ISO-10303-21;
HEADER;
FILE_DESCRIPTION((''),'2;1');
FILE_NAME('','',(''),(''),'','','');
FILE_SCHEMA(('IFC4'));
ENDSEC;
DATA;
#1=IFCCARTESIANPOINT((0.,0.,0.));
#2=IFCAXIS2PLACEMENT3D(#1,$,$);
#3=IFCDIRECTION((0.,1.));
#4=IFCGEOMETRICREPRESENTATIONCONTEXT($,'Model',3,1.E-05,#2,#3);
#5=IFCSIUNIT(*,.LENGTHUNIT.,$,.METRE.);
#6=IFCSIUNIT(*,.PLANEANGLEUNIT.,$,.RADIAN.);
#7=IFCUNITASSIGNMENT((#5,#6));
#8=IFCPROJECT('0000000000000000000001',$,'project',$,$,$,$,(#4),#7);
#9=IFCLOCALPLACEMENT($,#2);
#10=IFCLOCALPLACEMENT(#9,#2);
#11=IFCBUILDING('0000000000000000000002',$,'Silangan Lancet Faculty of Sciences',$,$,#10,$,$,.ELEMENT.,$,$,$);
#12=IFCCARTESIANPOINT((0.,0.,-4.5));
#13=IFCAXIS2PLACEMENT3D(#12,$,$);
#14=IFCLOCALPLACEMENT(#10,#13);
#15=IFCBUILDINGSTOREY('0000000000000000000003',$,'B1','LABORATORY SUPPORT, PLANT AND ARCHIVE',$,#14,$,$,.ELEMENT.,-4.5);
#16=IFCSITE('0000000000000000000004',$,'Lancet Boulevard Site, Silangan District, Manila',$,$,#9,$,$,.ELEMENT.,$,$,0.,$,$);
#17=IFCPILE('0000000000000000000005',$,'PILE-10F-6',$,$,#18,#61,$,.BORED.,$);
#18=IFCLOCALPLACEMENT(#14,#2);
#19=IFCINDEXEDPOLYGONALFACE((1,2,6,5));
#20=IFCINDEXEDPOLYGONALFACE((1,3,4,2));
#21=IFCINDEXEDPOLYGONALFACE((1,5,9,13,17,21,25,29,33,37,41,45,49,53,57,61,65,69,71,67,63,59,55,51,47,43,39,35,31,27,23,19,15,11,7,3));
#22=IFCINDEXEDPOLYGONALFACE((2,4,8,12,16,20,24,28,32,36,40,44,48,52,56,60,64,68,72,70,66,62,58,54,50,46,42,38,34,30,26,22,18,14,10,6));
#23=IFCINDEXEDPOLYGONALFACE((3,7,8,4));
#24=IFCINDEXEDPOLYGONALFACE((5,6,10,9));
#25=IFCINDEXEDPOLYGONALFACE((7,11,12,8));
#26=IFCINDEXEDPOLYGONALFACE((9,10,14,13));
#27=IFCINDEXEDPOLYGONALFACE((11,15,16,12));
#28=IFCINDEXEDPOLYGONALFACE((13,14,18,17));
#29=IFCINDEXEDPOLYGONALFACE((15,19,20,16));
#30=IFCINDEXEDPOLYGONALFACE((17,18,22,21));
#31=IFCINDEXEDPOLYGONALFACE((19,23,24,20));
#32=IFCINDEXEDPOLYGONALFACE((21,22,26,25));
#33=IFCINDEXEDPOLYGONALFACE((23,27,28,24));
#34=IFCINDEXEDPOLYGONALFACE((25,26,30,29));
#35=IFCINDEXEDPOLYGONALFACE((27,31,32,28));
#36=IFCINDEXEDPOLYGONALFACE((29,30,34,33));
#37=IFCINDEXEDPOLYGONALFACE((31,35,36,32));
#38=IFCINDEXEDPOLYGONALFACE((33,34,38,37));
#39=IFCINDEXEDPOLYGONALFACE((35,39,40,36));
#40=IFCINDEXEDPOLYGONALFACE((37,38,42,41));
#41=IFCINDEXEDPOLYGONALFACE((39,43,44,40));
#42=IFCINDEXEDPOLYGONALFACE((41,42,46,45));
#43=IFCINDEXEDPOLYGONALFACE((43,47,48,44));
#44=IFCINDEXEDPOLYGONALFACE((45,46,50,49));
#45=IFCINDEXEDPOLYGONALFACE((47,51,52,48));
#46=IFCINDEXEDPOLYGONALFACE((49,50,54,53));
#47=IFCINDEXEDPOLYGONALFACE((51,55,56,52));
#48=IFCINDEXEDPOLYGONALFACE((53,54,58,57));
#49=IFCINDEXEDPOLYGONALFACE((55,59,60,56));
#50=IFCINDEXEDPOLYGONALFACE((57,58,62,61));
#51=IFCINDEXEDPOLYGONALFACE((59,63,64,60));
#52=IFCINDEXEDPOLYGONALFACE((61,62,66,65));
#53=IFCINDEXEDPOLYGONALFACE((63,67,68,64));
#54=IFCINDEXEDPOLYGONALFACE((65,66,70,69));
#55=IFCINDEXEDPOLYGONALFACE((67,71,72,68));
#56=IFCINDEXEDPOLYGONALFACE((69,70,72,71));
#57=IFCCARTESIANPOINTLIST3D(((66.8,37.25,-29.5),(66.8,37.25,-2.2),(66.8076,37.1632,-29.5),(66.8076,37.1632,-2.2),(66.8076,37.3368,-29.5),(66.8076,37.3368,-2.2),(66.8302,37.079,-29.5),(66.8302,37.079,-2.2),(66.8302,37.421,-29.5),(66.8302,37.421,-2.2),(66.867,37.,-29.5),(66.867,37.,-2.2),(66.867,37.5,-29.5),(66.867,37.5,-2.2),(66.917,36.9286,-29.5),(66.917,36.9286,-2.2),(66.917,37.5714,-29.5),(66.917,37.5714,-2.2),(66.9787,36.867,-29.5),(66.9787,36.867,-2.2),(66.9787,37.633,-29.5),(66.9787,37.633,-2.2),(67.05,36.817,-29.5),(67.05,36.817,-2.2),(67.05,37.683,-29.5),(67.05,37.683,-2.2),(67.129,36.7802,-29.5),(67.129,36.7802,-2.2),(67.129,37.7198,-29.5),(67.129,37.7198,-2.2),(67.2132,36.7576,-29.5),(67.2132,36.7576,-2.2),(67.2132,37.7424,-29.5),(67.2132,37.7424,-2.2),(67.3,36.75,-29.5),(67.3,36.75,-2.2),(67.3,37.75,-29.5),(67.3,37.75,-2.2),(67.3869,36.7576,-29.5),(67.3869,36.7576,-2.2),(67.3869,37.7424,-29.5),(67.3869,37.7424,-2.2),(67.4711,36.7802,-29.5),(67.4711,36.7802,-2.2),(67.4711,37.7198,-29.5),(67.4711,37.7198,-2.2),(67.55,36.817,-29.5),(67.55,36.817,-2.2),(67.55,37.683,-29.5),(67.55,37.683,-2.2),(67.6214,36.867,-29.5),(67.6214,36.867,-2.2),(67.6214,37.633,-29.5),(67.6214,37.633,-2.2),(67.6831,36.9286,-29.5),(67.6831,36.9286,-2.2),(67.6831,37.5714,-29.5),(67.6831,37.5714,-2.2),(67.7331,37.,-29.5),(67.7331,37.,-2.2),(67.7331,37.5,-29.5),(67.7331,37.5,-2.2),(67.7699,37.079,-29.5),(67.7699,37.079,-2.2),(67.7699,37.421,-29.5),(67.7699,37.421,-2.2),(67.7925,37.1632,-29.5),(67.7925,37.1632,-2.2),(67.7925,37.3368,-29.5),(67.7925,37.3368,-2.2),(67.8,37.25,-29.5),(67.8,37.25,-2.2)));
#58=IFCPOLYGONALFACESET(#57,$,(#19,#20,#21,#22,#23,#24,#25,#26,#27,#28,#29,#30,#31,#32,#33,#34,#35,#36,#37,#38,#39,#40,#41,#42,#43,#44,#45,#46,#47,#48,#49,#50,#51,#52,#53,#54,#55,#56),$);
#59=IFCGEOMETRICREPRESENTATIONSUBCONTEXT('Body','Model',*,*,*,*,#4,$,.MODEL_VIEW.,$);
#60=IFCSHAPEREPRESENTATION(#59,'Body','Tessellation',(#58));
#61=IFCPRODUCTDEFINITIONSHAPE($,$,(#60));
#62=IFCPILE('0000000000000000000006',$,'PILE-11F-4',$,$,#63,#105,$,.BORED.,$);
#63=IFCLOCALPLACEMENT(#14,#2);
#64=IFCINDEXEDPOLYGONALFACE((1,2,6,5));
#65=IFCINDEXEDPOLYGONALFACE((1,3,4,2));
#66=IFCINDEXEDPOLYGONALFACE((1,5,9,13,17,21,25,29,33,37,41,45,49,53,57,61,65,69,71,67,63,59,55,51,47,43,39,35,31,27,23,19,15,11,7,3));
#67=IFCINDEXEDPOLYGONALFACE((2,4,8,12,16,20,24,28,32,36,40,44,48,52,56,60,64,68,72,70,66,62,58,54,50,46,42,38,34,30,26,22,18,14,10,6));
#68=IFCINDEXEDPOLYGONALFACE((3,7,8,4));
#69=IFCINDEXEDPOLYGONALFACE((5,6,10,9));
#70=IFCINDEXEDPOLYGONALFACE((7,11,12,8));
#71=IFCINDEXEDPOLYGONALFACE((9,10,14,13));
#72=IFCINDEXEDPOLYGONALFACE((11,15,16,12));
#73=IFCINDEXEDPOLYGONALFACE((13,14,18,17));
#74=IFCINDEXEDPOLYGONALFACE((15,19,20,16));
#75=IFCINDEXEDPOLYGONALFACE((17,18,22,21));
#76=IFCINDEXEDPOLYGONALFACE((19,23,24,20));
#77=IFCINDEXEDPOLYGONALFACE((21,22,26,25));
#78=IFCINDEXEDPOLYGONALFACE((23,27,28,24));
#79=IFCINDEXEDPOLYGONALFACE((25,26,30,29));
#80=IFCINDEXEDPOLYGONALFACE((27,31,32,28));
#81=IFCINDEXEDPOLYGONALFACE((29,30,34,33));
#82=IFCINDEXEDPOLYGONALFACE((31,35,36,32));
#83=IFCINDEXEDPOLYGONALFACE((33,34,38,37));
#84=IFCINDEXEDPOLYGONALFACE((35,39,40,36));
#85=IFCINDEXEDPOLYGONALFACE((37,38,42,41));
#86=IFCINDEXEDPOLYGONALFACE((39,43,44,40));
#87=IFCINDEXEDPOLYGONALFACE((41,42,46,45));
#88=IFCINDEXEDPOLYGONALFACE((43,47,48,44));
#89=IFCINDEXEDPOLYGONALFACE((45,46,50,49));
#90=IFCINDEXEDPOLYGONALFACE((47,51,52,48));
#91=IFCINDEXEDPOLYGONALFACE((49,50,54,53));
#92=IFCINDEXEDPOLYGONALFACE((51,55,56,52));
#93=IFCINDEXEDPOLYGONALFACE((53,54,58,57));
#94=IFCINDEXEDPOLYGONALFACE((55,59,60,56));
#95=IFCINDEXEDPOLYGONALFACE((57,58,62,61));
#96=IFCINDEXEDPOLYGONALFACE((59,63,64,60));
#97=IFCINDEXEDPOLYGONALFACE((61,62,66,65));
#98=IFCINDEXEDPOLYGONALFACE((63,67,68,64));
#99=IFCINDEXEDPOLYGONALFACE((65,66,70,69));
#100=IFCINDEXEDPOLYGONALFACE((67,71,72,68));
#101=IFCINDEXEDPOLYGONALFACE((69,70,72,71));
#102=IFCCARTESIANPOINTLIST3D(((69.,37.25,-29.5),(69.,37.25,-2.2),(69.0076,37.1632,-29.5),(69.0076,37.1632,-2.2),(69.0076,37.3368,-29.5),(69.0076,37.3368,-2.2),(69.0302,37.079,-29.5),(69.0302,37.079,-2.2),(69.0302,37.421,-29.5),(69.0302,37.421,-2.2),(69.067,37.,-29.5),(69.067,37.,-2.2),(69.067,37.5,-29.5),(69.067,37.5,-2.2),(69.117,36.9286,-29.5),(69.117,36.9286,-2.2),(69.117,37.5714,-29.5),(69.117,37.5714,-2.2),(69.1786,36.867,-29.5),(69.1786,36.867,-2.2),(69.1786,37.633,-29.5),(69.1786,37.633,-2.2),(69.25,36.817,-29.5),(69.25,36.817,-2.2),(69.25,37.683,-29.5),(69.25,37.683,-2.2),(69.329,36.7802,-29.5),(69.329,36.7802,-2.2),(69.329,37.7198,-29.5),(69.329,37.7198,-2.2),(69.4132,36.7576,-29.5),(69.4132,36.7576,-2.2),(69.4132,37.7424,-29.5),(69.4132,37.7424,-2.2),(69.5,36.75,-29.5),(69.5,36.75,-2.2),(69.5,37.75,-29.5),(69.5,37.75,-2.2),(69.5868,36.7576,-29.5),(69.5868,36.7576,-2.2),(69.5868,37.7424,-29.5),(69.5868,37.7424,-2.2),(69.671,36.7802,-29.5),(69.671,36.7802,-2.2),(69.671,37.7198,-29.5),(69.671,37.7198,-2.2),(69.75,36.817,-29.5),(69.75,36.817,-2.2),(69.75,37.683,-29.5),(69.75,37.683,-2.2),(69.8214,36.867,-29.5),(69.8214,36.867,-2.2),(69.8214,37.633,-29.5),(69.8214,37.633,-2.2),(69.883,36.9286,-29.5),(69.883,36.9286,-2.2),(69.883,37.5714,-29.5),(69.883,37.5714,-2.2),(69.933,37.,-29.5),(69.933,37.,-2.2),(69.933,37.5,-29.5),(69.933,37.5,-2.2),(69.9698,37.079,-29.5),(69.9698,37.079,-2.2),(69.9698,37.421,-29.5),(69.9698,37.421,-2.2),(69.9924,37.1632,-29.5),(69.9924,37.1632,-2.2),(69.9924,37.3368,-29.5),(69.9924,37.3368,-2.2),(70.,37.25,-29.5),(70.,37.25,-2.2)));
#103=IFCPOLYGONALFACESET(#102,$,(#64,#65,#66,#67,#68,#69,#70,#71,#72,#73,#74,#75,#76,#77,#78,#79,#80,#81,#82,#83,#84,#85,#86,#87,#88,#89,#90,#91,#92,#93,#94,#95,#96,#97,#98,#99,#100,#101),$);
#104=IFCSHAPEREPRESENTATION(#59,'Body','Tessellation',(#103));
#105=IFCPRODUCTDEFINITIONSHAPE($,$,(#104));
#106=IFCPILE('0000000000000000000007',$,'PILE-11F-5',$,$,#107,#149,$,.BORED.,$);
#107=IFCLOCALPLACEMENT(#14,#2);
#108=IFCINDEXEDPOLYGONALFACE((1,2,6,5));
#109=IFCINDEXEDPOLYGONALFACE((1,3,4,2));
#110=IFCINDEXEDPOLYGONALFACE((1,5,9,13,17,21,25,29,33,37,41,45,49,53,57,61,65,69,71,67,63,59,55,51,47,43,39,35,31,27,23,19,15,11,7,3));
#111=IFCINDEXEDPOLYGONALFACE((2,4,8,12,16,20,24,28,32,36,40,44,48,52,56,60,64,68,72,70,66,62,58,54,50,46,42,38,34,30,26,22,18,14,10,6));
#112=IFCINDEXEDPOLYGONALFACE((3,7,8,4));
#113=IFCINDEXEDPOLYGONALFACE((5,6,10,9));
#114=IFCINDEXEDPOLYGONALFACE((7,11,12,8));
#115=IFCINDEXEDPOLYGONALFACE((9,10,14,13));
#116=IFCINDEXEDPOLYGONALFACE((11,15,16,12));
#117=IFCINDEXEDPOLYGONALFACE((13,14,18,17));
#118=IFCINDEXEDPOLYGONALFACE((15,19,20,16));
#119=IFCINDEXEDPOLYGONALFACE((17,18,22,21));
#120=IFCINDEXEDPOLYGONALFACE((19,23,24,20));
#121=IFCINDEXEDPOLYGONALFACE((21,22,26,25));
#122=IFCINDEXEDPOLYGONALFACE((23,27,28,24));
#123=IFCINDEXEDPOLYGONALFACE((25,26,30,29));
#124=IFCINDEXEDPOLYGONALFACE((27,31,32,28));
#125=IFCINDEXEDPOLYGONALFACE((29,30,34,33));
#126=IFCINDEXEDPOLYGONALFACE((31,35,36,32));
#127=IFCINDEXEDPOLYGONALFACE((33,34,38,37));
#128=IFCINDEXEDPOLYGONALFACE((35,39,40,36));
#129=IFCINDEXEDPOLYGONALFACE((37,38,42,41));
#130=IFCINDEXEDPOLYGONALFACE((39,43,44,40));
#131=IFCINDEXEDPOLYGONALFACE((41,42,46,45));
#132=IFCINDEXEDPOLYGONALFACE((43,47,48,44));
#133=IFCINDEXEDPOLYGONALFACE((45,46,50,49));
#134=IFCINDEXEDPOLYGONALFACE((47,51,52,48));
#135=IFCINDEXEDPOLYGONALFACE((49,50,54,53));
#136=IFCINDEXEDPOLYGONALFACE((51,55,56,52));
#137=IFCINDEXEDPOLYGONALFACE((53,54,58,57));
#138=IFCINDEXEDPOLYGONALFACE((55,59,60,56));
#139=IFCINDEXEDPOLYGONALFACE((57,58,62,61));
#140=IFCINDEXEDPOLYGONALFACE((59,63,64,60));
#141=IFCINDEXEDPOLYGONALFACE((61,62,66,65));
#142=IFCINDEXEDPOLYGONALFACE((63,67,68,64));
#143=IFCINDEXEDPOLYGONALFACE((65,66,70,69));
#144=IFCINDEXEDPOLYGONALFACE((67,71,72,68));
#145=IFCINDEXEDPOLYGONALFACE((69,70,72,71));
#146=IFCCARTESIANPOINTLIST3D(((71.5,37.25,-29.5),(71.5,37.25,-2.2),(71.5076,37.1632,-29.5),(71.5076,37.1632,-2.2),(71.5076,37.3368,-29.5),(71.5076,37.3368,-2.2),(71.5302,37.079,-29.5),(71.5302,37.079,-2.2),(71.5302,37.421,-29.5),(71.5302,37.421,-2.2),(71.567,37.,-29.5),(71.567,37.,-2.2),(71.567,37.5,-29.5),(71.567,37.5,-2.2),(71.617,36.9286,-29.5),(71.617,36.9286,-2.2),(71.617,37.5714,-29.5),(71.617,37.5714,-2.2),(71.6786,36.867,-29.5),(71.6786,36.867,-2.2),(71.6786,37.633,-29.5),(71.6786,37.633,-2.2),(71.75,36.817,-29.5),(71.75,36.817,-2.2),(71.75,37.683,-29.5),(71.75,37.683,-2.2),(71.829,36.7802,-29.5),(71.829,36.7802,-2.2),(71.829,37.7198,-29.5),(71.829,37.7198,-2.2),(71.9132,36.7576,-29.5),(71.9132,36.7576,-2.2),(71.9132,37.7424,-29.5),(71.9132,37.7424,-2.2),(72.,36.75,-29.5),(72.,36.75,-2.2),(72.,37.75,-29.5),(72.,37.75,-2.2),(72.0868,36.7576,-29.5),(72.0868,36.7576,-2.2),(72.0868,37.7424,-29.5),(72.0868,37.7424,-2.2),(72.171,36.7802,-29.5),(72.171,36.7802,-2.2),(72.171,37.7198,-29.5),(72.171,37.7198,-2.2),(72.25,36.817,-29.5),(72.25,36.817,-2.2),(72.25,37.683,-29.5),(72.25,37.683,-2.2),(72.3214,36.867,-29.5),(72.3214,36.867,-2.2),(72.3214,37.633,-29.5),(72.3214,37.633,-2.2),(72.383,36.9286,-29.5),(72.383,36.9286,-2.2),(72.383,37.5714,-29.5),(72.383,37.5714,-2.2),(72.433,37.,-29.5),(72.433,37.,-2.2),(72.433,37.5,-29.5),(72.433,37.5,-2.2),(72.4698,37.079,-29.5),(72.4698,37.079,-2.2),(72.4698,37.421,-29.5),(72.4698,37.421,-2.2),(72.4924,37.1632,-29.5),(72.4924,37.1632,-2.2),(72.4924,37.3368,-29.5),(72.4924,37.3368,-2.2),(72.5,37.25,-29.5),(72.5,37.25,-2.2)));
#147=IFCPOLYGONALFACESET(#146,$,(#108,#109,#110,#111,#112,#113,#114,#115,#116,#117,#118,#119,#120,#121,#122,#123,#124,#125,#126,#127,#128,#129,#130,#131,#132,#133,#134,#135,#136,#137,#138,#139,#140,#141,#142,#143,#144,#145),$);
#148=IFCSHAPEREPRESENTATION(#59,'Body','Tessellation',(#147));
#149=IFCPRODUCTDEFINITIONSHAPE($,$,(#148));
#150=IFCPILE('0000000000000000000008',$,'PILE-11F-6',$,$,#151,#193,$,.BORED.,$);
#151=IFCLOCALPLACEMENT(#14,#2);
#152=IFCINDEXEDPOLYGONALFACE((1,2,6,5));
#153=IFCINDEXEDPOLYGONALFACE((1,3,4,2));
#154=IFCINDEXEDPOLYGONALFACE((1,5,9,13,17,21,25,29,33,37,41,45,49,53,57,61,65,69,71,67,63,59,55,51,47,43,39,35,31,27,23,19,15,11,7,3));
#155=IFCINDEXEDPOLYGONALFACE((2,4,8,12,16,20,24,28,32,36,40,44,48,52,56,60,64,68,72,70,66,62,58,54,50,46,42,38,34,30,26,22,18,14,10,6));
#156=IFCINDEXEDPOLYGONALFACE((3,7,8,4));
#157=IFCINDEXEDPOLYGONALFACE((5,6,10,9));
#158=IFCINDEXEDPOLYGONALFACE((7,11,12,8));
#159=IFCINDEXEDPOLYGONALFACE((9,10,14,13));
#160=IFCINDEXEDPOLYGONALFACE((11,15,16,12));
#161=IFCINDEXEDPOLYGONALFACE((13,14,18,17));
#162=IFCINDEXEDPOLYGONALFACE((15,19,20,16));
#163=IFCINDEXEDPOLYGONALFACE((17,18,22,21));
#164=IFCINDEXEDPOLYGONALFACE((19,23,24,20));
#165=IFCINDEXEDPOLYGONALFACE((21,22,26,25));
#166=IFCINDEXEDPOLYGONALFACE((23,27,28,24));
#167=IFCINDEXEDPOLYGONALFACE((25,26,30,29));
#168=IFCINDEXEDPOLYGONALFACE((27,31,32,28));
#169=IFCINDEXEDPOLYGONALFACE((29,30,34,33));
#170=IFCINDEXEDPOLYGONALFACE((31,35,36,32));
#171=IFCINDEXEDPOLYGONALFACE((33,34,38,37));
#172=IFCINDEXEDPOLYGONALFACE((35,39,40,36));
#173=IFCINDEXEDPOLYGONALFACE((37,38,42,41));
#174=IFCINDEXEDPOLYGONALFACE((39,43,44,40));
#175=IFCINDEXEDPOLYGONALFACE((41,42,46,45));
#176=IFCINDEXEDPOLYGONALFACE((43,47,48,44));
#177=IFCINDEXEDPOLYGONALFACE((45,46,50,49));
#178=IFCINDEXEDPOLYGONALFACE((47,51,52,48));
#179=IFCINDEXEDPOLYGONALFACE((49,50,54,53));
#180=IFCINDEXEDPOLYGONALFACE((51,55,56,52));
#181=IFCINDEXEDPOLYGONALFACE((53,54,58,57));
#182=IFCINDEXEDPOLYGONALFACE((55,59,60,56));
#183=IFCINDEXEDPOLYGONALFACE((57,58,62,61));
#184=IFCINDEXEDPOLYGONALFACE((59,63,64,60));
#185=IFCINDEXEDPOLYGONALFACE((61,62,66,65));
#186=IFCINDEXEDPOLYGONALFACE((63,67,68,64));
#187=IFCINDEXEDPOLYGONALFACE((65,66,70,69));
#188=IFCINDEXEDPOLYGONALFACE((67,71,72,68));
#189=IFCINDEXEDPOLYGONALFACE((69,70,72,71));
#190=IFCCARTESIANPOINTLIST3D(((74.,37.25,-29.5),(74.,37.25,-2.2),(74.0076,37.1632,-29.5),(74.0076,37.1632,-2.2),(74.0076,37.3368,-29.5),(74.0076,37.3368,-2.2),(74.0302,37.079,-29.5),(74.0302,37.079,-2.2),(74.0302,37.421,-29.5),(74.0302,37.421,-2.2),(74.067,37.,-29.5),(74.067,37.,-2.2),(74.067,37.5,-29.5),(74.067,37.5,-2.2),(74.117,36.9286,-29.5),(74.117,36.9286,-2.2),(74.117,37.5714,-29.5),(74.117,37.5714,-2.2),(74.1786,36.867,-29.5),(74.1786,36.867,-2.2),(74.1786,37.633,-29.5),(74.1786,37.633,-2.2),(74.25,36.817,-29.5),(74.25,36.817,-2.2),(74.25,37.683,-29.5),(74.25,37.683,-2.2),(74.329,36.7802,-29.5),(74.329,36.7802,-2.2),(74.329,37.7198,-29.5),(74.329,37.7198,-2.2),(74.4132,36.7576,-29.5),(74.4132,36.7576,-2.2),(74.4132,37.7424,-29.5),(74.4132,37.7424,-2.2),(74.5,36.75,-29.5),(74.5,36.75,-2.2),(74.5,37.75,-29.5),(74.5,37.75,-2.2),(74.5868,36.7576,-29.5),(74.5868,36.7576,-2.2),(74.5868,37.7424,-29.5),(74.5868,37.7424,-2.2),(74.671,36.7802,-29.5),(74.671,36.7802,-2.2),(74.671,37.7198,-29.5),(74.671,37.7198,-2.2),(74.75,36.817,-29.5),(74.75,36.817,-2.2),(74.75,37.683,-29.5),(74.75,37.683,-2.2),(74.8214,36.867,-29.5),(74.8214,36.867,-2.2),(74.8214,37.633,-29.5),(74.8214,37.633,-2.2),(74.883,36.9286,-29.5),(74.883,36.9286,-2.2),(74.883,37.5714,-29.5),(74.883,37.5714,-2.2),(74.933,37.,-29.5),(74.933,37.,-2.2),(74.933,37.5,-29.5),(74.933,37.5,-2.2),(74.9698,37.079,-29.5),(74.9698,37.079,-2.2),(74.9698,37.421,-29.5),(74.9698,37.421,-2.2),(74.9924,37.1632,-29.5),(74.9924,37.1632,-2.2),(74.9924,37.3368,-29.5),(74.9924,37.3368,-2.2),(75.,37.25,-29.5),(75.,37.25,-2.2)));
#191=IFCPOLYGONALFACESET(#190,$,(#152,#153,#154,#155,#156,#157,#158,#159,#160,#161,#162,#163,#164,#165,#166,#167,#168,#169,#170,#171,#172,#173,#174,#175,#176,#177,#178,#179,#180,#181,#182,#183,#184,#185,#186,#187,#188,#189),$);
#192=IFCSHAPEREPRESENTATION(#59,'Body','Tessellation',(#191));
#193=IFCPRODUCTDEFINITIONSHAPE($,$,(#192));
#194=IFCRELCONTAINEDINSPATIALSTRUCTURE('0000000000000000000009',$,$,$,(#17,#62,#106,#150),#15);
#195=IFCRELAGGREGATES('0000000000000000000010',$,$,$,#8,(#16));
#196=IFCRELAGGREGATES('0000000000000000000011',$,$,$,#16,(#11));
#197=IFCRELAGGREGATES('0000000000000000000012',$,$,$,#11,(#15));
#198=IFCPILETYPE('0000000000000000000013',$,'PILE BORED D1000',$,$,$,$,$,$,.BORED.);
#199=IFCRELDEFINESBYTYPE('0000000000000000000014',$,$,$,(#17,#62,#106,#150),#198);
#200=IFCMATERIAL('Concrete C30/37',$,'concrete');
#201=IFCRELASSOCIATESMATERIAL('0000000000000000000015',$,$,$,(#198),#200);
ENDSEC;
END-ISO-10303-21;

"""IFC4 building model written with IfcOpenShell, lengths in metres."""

from ifc_helpers import new_model, si_unit, direction, frame, origin, origin_2d, place, context, subcontext, project, spatial, circle, extrude, material, material_profile, profile_set, type_object, element, save


model = new_model("IFC4")

# Units and contexts
model_context = context("Model", 3, precision=1e-05, world=origin(), true_north=direction((0.0, 1.0)))
body_context = subcontext(model_context, "Body", "Model", "MODEL_VIEW")
ifc_project = project(units=[si_unit("LENGTHUNIT", "METRE"), si_unit("PLANEANGLEUNIT", "RADIAN")], contexts=[model_context])

# Site, building, storey
site_placement = place(None, origin())
site = spatial("IfcSite", under=ifc_project, at=site_placement, Name="Lancet Boulevard Site, Silangan District, Manila", CompositionType="ELEMENT", RefElevation=0.0)
building_placement = place(site_placement, origin())
building = spatial("IfcBuilding", under=site, at=building_placement, Name="Silangan Lancet Faculty of Sciences", CompositionType="ELEMENT")
storey_placement = place(building_placement, frame((0.0, 0.0, -4.5)))
storey = spatial("IfcBuildingStorey", under=building, at=storey_placement, Name="B1", Description="LABORATORY SUPPORT, PLANT AND ARCHIVE", CompositionType="ELEMENT", Elevation=-4.5)

# Piles
ifc_material_1 = material(Name="Concrete C30/37", Category="concrete")
ifc_material_profile_1 = material_profile(ifc_material_1, circle(Radius=0.5, at=origin_2d()), Name="BORED PILE D1000")
ifc_profile_set_1 = profile_set([ifc_material_profile_1], Name="Concrete C30/37")
pile_type = type_object("IfcPileType", Name="PILE BORED D1000", PredefinedType="BORED", material=ifc_profile_set_1)
for number, where, z_axis, x_axis, name in (
    (1, (67.3, 37.25, -2.2), (0.0, 0.0, -1.0), (1.0, 0.0, 0.0), "PILE-10F-6"),
    (2, (69.5, 37.25, -2.2), (0.0, 0.0, -1.0), (1.0, 0.0, 0.0), "PILE-11F-4"),
    (3, (72.0, 37.25, -2.2), (0.0, 0.0, -1.0), (1.0, 0.0, 0.0), "PILE-11F-5"),
    (4, (74.5, 37.25, -2.2), (0.0, 0.0, -1.0), (1.0, 0.0, 0.0), "PILE-11F-6"),
):
    element("IfcPile", number, at=place(storey_placement, frame(where, z_axis=z_axis, x_axis=x_axis)), inside=storey, type_object=pile_type, Name=name, PredefinedType="BORED", context=body_context, shape_type="SweptSolid", body=[
        extrude(circle(Radius=0.5, at=origin_2d()), origin(), (0.0, 0.0, 1.0), 27.3),
    ])

save(model, "model.ifc")
